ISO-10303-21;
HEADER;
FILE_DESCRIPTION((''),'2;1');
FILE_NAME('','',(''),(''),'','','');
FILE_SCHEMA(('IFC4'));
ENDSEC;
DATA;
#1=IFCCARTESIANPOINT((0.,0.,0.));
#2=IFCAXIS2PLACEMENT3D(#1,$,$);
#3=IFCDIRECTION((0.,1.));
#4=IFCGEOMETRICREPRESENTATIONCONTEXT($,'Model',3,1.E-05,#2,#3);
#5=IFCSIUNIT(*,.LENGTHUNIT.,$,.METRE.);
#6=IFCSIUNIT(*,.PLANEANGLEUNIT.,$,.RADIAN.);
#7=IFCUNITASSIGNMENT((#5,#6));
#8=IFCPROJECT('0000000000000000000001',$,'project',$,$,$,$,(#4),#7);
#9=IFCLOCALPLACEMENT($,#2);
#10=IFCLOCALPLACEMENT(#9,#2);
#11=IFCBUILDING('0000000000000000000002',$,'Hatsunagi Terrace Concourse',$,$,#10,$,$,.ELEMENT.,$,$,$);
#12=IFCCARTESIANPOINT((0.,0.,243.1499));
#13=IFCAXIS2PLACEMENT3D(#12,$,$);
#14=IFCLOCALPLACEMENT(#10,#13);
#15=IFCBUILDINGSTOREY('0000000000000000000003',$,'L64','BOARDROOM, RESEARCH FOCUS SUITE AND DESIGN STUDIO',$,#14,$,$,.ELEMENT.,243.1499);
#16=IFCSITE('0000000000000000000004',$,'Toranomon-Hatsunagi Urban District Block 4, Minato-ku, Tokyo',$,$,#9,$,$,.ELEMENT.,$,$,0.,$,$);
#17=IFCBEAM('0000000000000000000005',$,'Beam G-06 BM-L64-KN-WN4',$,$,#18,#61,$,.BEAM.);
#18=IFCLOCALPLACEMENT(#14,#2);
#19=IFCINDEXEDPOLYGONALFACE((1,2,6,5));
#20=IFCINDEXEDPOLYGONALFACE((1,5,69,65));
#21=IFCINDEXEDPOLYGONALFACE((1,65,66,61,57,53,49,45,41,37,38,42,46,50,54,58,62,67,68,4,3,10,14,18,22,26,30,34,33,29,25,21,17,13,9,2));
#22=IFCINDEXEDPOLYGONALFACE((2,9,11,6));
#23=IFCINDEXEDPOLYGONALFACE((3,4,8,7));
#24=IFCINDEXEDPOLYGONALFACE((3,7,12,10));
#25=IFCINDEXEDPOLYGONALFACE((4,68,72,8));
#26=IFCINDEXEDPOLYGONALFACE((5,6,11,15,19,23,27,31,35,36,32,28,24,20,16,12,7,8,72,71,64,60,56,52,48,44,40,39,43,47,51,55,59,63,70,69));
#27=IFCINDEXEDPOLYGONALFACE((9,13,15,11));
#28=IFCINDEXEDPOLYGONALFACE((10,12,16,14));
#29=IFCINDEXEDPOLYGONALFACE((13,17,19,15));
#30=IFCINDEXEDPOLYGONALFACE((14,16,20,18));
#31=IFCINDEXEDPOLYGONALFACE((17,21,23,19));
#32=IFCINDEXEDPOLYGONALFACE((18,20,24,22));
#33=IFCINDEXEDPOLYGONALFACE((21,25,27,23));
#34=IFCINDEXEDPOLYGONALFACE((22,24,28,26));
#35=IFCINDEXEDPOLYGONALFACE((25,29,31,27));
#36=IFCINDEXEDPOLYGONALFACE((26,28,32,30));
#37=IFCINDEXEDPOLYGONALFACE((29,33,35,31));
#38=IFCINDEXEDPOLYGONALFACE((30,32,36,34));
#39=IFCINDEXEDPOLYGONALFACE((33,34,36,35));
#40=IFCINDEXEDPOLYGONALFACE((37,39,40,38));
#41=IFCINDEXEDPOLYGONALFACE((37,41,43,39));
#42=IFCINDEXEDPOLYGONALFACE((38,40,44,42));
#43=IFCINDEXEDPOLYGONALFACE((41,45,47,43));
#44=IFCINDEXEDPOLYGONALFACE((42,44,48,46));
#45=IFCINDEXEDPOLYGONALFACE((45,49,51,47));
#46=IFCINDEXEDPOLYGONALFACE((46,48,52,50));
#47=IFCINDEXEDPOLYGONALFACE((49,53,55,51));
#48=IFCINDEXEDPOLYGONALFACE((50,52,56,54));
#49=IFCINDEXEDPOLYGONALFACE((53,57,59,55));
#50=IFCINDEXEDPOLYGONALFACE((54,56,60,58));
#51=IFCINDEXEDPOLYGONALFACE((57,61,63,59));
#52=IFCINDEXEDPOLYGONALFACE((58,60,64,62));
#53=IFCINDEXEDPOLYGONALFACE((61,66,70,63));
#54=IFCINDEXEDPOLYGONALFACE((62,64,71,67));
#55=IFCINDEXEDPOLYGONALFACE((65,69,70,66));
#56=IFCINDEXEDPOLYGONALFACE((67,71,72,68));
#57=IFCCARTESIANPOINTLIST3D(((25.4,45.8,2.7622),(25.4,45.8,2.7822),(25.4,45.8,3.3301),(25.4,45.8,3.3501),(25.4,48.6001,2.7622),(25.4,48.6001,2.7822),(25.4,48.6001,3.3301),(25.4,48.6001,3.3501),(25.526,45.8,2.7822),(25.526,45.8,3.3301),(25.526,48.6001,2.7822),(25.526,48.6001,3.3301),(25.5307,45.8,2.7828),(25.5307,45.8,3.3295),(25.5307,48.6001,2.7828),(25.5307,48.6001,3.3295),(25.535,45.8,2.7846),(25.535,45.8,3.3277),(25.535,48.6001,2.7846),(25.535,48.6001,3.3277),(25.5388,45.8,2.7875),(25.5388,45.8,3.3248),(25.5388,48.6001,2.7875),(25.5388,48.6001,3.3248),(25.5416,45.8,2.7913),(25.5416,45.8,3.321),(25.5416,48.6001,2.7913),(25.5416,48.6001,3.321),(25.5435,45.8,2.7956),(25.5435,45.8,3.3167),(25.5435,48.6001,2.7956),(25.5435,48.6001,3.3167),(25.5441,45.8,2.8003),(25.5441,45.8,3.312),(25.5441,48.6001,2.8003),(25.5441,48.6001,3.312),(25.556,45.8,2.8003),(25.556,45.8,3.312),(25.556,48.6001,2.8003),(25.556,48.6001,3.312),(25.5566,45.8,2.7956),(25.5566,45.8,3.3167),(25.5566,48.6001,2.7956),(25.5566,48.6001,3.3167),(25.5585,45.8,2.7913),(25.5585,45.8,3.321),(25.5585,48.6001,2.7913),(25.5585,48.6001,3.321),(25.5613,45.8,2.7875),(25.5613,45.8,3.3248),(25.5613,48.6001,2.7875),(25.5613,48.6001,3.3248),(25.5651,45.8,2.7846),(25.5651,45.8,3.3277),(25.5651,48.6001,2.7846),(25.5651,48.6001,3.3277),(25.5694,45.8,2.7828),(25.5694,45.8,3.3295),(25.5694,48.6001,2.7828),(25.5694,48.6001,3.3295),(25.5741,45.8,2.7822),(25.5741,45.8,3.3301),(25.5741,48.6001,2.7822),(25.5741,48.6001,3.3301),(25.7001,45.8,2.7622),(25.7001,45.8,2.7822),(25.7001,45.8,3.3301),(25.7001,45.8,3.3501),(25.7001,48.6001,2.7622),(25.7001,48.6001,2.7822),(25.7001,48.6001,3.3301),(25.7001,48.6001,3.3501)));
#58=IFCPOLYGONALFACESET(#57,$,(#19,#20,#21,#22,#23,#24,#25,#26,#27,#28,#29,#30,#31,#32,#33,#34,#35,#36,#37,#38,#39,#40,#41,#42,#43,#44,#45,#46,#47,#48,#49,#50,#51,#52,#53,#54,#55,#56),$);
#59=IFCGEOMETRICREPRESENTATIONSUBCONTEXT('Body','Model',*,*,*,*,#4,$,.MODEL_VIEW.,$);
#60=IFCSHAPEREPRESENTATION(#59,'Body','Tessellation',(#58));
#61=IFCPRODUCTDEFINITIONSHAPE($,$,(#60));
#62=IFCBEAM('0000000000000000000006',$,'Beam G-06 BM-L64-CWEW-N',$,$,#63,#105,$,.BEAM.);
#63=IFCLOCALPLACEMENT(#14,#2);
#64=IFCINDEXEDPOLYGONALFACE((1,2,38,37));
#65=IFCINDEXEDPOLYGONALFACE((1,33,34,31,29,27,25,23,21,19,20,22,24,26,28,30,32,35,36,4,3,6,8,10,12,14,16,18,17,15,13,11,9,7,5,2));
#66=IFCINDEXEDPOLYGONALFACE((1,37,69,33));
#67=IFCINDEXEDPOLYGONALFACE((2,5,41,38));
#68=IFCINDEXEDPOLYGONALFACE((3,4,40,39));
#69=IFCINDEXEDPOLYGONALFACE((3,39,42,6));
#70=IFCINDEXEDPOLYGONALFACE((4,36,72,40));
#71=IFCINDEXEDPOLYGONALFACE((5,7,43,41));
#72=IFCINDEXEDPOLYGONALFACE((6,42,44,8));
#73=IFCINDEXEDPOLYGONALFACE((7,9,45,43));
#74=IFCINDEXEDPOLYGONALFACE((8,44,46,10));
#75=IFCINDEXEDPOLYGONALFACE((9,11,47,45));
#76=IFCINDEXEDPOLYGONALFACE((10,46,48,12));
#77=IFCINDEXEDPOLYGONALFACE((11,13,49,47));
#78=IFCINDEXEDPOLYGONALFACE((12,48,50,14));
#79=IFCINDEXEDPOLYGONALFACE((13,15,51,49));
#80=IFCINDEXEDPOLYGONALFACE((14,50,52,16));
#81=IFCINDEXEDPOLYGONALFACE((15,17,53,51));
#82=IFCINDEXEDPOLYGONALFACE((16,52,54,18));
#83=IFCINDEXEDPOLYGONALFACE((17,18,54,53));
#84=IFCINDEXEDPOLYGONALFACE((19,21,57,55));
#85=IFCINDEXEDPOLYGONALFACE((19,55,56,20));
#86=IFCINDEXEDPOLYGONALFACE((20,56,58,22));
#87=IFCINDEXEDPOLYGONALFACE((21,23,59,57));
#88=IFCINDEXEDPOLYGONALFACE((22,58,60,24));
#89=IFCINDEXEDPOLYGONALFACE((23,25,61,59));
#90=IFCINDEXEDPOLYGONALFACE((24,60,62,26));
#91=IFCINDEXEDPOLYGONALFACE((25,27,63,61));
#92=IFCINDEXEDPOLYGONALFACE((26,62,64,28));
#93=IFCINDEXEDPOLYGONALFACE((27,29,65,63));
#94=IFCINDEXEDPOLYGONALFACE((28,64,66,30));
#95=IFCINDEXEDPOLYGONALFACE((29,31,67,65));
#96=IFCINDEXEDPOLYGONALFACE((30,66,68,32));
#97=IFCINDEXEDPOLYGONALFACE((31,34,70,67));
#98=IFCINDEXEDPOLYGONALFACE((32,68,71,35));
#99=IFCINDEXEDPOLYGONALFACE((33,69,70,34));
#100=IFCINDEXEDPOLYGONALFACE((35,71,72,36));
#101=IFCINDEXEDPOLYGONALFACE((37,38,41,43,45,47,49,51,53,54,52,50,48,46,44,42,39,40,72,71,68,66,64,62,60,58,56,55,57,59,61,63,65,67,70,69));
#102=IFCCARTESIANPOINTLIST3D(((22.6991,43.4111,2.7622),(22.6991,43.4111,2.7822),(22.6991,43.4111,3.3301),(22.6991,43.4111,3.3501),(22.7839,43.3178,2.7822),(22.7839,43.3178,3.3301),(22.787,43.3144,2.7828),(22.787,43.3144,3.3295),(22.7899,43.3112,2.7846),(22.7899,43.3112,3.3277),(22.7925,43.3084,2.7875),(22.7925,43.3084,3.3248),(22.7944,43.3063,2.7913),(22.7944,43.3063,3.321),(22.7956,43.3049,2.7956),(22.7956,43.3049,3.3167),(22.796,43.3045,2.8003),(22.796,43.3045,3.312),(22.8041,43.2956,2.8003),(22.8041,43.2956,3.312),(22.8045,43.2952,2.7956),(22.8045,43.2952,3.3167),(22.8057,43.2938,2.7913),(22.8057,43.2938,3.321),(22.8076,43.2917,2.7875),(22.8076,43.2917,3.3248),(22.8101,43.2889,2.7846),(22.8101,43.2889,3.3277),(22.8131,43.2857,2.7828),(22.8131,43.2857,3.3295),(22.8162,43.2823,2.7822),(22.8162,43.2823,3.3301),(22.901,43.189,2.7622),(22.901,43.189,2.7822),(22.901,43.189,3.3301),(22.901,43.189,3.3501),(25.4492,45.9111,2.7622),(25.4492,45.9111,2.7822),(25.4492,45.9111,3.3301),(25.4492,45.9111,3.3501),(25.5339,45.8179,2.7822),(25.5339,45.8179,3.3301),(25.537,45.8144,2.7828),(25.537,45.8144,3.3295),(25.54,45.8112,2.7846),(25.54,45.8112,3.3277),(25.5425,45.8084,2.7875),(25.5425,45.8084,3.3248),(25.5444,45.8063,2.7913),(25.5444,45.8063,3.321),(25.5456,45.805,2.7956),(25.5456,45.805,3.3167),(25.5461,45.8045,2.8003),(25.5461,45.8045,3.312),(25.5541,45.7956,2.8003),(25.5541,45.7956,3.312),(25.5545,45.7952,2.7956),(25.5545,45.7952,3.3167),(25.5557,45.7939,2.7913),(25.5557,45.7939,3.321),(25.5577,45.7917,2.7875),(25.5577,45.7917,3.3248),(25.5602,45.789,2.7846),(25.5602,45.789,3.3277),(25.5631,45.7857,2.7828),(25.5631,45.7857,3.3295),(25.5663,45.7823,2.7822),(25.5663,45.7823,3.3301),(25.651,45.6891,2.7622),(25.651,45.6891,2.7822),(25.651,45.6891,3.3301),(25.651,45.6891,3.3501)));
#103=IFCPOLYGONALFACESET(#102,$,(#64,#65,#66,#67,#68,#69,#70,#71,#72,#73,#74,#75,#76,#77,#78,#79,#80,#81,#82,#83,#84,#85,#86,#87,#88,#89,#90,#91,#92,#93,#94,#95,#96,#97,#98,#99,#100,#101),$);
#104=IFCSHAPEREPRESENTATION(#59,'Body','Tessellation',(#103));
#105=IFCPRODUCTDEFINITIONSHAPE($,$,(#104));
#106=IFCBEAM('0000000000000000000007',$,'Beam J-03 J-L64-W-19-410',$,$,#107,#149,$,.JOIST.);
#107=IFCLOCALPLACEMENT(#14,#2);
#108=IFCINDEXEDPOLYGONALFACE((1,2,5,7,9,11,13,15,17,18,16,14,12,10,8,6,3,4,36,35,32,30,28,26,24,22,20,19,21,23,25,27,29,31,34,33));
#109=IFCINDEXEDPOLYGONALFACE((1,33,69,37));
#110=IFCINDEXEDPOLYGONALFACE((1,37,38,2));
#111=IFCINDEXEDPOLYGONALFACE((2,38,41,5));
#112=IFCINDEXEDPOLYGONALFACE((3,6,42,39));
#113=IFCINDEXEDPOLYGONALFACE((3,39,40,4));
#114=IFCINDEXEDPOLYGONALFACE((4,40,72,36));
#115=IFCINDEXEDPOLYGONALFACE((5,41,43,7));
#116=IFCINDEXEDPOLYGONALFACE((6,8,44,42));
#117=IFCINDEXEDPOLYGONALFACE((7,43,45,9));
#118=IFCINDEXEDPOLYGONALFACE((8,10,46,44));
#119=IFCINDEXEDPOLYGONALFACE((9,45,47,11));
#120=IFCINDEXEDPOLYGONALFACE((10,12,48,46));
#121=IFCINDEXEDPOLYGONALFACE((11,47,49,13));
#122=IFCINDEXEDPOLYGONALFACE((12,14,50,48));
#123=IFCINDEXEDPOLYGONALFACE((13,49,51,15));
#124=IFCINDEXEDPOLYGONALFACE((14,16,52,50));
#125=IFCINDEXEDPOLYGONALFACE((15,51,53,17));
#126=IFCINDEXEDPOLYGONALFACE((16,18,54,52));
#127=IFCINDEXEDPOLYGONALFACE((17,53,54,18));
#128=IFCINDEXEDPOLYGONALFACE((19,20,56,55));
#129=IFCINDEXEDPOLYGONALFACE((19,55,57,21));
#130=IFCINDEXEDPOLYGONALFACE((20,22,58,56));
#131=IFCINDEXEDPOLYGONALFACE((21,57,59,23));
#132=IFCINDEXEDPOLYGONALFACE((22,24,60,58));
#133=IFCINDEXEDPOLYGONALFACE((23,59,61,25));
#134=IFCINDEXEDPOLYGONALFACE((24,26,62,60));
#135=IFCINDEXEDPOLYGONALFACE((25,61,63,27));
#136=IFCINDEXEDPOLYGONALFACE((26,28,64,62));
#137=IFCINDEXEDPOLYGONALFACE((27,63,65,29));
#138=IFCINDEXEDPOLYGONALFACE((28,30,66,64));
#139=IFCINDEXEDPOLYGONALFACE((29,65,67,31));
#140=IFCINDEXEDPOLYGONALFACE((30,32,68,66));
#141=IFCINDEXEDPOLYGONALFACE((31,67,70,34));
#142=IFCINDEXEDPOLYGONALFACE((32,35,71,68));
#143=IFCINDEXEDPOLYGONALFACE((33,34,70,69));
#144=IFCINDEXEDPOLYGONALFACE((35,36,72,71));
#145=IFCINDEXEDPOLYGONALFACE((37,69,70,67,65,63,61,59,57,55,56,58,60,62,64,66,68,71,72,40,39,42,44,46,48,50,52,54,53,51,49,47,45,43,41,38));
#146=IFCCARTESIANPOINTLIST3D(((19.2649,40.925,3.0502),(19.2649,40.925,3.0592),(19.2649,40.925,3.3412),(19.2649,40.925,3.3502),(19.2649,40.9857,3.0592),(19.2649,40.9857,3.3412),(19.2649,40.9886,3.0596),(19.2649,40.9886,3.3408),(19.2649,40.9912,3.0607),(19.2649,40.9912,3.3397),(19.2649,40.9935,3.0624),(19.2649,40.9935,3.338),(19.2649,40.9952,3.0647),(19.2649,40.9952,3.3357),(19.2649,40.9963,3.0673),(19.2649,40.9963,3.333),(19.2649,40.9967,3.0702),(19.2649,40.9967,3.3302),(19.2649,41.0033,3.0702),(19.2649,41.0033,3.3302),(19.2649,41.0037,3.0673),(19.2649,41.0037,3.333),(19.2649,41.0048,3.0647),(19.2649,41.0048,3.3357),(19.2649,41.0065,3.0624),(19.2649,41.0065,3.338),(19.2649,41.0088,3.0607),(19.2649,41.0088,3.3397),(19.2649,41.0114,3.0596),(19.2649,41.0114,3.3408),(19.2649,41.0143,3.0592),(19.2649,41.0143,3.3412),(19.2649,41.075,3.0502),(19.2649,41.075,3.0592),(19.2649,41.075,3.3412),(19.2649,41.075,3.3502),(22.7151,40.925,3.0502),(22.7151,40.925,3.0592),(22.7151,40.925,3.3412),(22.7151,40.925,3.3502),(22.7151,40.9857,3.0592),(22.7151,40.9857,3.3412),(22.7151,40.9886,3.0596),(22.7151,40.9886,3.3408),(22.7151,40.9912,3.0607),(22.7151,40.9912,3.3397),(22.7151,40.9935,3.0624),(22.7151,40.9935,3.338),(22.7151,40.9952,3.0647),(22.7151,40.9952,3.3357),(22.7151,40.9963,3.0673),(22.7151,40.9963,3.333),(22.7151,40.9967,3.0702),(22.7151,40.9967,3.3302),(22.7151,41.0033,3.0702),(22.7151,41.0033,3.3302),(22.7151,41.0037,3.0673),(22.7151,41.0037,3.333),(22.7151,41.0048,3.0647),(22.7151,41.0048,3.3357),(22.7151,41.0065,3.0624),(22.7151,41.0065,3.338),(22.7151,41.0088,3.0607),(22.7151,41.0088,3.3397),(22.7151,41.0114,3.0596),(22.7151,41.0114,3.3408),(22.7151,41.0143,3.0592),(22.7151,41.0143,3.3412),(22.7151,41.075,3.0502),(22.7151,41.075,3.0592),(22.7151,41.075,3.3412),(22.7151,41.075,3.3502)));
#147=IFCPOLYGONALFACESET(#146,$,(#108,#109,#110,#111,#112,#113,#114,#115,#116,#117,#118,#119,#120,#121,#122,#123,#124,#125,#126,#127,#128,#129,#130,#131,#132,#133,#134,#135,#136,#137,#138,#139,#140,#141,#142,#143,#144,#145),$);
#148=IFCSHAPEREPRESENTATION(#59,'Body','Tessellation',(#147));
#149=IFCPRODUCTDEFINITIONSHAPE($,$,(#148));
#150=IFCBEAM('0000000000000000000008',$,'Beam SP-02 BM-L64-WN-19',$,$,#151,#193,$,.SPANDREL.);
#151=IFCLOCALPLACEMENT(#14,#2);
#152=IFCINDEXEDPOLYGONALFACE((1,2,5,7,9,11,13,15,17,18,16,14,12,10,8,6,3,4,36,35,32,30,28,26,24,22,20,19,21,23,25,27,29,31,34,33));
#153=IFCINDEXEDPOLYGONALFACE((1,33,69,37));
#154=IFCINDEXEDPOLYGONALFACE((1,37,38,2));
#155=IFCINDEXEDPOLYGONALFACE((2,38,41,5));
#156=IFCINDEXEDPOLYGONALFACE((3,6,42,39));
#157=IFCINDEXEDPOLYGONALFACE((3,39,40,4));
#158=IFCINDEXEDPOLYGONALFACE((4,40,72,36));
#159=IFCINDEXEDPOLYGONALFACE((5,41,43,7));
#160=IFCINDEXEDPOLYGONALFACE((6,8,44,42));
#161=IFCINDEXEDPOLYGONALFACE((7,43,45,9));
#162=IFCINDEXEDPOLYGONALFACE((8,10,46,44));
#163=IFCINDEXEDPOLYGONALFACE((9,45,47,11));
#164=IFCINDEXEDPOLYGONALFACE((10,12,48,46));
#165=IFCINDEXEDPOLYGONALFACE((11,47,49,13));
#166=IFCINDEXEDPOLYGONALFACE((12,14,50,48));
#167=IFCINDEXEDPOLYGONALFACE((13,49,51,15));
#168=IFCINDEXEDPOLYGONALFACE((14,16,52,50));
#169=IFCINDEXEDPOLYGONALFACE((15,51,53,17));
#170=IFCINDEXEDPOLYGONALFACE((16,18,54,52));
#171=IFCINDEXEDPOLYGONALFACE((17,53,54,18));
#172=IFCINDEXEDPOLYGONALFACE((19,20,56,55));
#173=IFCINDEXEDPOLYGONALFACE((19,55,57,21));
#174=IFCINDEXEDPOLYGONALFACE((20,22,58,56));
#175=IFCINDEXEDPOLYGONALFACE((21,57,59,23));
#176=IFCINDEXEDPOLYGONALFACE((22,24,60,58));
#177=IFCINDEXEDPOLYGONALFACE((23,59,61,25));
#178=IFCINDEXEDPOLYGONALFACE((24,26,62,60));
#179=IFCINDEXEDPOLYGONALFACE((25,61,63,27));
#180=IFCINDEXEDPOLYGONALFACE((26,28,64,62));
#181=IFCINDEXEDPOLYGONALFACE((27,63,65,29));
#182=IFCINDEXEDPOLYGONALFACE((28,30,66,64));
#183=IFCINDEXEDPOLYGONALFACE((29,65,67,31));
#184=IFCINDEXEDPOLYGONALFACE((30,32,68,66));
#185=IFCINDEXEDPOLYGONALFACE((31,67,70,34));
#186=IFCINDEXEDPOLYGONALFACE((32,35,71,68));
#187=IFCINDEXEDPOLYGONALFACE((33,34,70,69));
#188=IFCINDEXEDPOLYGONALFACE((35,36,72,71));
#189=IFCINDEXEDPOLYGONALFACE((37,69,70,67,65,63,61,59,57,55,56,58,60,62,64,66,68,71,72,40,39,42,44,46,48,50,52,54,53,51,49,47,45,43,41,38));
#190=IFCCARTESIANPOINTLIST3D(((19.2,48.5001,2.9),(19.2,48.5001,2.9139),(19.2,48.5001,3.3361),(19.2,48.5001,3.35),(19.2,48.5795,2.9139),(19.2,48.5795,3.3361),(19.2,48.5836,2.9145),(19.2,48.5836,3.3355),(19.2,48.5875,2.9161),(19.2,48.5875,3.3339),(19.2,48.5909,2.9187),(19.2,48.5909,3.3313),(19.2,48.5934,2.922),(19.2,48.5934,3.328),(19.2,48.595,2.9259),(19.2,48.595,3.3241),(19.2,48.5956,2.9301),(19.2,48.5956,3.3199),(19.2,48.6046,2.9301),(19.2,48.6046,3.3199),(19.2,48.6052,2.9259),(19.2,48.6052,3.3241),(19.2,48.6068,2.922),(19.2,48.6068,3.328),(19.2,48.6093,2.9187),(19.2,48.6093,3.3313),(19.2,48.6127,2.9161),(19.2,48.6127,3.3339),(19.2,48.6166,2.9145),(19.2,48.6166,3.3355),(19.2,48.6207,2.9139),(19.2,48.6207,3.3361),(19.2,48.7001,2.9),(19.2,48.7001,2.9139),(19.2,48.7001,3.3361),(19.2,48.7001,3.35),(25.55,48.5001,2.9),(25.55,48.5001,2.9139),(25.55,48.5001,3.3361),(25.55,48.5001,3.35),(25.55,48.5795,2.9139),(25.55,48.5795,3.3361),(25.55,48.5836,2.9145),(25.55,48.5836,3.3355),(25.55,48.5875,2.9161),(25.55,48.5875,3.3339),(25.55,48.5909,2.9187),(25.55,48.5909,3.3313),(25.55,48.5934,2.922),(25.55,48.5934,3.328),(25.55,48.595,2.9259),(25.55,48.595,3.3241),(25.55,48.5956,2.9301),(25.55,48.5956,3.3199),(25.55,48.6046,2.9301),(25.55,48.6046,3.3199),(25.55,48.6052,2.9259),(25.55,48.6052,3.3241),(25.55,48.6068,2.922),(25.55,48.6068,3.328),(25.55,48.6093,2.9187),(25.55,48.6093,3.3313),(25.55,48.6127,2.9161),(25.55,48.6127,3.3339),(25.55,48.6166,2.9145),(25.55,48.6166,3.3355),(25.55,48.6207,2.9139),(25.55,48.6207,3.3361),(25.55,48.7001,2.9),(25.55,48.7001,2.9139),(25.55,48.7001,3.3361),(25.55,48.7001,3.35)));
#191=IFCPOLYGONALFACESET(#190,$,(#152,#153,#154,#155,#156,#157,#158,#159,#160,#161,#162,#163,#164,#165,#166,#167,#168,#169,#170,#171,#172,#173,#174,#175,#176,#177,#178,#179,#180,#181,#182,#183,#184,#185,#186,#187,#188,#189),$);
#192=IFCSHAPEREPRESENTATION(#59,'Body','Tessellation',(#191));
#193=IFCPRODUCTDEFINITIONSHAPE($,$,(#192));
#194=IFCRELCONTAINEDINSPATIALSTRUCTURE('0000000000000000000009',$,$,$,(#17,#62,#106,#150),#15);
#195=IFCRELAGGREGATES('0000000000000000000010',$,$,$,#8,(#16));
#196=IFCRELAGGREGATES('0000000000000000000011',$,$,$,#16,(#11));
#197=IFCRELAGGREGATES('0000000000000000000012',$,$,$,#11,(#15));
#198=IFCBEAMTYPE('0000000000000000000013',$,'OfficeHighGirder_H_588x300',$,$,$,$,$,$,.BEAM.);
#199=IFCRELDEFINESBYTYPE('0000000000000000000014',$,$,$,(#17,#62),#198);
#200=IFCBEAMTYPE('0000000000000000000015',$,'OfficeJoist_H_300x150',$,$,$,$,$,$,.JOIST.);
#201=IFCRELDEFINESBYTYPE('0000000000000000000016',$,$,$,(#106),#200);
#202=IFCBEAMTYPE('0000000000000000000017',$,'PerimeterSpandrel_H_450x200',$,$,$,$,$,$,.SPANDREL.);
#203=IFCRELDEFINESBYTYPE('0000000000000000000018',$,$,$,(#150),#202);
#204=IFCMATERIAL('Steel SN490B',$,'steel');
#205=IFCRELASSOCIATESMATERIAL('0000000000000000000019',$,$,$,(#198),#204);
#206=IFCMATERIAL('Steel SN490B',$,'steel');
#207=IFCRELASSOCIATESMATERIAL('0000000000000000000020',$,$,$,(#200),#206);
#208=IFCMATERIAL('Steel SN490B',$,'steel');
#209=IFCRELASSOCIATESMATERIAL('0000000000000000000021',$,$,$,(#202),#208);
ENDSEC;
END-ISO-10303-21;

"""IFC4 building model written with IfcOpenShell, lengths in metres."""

from ifc_helpers import new_model, si_unit, direction, frame, origin, origin_2d, place, context, subcontext, project, spatial, i_section, extrude, material, material_profile, profile_set, type_object, element, save


model = new_model("IFC4")

# Units and contexts
model_context = context("Model", 3, precision=1e-05, world=origin(), true_north=direction((0.0, 1.0)))
body_context = subcontext(model_context, "Body", "Model", "MODEL_VIEW")
ifc_project = project(units=[si_unit("LENGTHUNIT", "METRE"), si_unit("PLANEANGLEUNIT", "RADIAN")], contexts=[model_context])

# Site, building, storey
site_placement = place(None, origin())
site = spatial("IfcSite", under=ifc_project, at=site_placement, Name="Toranomon-Hatsunagi Urban District Block 4, Minato-ku, Tokyo", CompositionType="ELEMENT", RefElevation=0.0)
building_placement = place(site_placement, origin())
building = spatial("IfcBuilding", under=site, at=building_placement, Name="Hatsunagi Terrace Concourse", CompositionType="ELEMENT")
storey_placement = place(building_placement, frame((0.0, 0.0, 243.1499)))
storey = spatial("IfcBuildingStorey", under=building, at=storey_placement, Name="L64", Description="BOARDROOM, RESEARCH FOCUS SUITE AND DESIGN STUDIO", CompositionType="ELEMENT", Elevation=243.1499)

# Beams
ifc_material_1 = material(Name="Steel SN490B", Category="steel")
ifc_material_profile_1 = material_profile(ifc_material_1, i_section(OverallWidth=0.3, OverallDepth=0.5879, WebThickness=0.012, FlangeThickness=0.02, FilletRadius=0.0181, at=origin_2d()), Name="H-588x300x12x20")
ifc_profile_set_1 = profile_set([ifc_material_profile_1], Name="Steel SN490B")
beam_type_1 = type_object("IfcBeamType", Name="OfficeHighGirder_H_588x300", PredefinedType="BEAM", material=ifc_profile_set_1)
beam_1_placement = place(storey_placement, frame((25.55, 45.8, 3.0562), z_axis=(0.0, 1.0, 0.0), x_axis=(-1.0, 0.0, 0.0)))
element("IfcBeam", 1, at=beam_1_placement, inside=storey, type_object=beam_type_1, Name="Beam G-06 BM-L64-KN-WN4", PredefinedType="BEAM", context=body_context, shape_type="SweptSolid", body=[
    extrude(i_section(OverallWidth=0.3, OverallDepth=0.5879, WebThickness=0.012, FlangeThickness=0.02, FilletRadius=0.0181, at=origin_2d()), origin(), (0.0, 0.0, 1.0), 2.8),
])
beam_2_placement = place(storey_placement, frame((22.8, 43.3, 3.0562), z_axis=(0.73994, 0.672673, 0.0), x_axis=(-0.672673, 0.73994, 0.0)))
element("IfcBeam", 2, at=beam_2_placement, inside=storey, type_object=beam_type_1, Name="Beam G-06 BM-L64-CWEW-N", PredefinedType="BEAM", context=body_context, shape_type="SweptSolid", body=[
    extrude(i_section(OverallWidth=0.3, OverallDepth=0.5879, WebThickness=0.012, FlangeThickness=0.02, FilletRadius=0.0181, at=origin_2d()), origin(), (0.0, 0.0, 1.0), 3.7166),
])
ifc_material_2 = material(Name="Steel SN490B", Category="steel")
ifc_material_profile_2 = material_profile(ifc_material_2, i_section(OverallWidth=0.1499, OverallDepth=0.3, WebThickness=0.0066, FlangeThickness=0.009, FilletRadius=0.011, at=origin_2d()), Name="H-300x150x6.5x9")
ifc_profile_set_2 = profile_set([ifc_material_profile_2], Name="Steel SN490B")
beam_type_2 = type_object("IfcBeamType", Name="OfficeJoist_H_300x150", PredefinedType="JOIST", material=ifc_profile_set_2)
beam_3_placement = place(storey_placement, frame((19.2649, 41.0, 3.2002), z_axis=(1.0, 0.0, 0.0), x_axis=(0.0, 1.0, 0.0)))
element("IfcBeam", 3, at=beam_3_placement, inside=storey, type_object=beam_type_2, Name="Beam J-03 J-L64-W-19-410", PredefinedType="JOIST", context=body_context, shape_type="SweptSolid", body=[
    extrude(i_section(OverallWidth=0.1499, OverallDepth=0.3, WebThickness=0.0066, FlangeThickness=0.009, FilletRadius=0.011, at=origin_2d()), origin(), (0.0, 0.0, 1.0), 3.4502),
])
ifc_material_3 = material(Name="Steel SN490B", Category="steel")
ifc_material_profile_3 = material_profile(ifc_material_3, i_section(OverallWidth=0.2, OverallDepth=0.45, WebThickness=0.009, FlangeThickness=0.0139, FilletRadius=0.0161, at=origin_2d()), Name="H-450x200x9x14")
ifc_profile_set_3 = profile_set([ifc_material_profile_3], Name="Steel SN490B")
beam_type_3 = type_object("IfcBeamType", Name="PerimeterSpandrel_H_450x200", PredefinedType="SPANDREL", material=ifc_profile_set_3)
beam_4_placement = place(storey_placement, frame((19.2, 48.6001, 3.125), z_axis=(1.0, 0.0, 0.0), x_axis=(0.0, 1.0, 0.0)))
element("IfcBeam", 4, at=beam_4_placement, inside=storey, type_object=beam_type_3, Name="Beam SP-02 BM-L64-WN-19", PredefinedType="SPANDREL", context=body_context, shape_type="SweptSolid", body=[
    extrude(i_section(OverallWidth=0.2, OverallDepth=0.45, WebThickness=0.009, FlangeThickness=0.0139, FilletRadius=0.0161, at=origin_2d()), origin(), (0.0, 0.0, 1.0), 6.3501),
])

save(model, "model.ifc")
